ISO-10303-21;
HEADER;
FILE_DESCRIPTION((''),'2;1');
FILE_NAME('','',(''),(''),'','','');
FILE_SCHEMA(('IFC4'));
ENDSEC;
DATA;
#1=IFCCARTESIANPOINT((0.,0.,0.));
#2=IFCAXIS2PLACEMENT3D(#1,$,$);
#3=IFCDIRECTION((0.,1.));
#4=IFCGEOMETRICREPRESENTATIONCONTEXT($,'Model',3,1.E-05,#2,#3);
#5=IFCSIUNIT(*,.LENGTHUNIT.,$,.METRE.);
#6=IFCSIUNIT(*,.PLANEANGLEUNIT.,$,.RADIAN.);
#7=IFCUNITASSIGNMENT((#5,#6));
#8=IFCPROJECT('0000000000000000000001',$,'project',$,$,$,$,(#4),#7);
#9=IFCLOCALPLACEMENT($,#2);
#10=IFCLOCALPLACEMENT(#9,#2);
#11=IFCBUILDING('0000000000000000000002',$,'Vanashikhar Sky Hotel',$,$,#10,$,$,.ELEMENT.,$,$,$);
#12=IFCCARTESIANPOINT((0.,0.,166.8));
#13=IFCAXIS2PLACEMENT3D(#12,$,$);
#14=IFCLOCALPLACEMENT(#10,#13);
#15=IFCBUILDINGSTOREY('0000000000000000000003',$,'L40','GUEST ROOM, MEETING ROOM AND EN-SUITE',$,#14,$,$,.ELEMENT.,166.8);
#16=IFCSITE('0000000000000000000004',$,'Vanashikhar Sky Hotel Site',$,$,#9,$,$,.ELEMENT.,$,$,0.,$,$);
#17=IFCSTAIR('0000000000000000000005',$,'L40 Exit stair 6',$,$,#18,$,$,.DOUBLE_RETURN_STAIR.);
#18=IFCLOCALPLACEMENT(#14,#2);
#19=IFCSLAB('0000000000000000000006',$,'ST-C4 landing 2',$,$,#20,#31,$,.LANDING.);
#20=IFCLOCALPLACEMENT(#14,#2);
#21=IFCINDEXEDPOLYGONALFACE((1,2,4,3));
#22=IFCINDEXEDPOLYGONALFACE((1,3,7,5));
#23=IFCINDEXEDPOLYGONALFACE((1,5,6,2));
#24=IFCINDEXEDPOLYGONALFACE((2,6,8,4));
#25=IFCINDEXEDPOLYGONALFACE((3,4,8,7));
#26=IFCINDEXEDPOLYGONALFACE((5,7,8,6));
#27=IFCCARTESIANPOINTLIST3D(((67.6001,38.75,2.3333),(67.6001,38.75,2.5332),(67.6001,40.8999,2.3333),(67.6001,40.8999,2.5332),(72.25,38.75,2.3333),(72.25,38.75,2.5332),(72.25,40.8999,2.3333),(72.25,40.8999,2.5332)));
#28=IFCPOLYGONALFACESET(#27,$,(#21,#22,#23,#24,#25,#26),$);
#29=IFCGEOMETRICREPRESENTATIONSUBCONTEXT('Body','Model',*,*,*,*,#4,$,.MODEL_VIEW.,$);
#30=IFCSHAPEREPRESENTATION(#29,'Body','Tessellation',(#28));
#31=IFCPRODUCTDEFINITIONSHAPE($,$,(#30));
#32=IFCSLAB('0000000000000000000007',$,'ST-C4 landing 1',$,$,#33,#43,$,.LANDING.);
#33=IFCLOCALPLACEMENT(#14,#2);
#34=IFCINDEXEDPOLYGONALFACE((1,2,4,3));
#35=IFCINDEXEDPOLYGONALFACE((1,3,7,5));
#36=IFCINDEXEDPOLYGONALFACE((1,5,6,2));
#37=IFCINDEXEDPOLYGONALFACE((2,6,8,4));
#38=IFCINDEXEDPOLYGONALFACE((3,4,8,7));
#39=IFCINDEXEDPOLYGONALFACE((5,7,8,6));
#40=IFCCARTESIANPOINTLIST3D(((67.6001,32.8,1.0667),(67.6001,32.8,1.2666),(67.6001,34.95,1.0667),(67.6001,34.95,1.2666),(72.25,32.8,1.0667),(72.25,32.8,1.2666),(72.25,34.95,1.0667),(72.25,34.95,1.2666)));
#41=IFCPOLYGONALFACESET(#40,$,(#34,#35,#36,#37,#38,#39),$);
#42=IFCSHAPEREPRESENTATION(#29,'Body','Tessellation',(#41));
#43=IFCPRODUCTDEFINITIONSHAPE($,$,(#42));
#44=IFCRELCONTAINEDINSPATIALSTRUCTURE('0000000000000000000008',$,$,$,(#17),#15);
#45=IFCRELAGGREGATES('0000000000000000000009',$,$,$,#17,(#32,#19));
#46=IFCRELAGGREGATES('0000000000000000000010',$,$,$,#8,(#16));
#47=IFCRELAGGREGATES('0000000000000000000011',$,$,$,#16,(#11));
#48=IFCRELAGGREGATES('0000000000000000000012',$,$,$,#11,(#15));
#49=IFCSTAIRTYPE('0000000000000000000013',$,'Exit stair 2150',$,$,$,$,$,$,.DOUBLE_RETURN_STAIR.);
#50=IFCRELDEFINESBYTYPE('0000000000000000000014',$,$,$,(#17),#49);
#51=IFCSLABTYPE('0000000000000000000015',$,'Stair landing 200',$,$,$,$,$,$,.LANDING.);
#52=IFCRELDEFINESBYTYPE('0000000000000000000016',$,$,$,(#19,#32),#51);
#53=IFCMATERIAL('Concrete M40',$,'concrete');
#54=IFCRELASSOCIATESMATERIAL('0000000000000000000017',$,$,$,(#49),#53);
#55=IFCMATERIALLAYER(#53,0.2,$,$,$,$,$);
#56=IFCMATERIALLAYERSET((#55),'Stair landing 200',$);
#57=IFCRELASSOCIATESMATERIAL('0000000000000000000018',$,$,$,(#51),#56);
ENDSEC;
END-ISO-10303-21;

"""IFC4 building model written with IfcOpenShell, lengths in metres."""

from ifc_helpers import new_model, si_unit, direction, frame, origin, place, context, subcontext, project, spatial, polyline, outline, extrude, source, transform, mapped, material, layer, layer_set, type_object, element, aggregate, save


model = new_model("IFC4")

# Units and contexts
model_context = context("Model", 3, precision=1e-05, world=origin(), true_north=direction((0.0, 1.0)))
body_context = subcontext(model_context, "Body", "Model", "MODEL_VIEW")
ifc_project = project(units=[si_unit("LENGTHUNIT", "METRE"), si_unit("PLANEANGLEUNIT", "RADIAN")], contexts=[model_context])

# Site, building, storey
site_placement = place(None, origin())
site = spatial("IfcSite", under=ifc_project, at=site_placement, Name="Vanashikhar Sky Hotel Site", CompositionType="ELEMENT", RefElevation=0.0)
building_placement = place(site_placement, origin())
building = spatial("IfcBuilding", under=site, at=building_placement, Name="Vanashikhar Sky Hotel", CompositionType="ELEMENT")
storey_placement = place(building_placement, frame((0.0, 0.0, 166.8)))
storey = spatial("IfcBuildingStorey", under=building, at=storey_placement, Name="L40", Description="GUEST ROOM, MEETING ROOM AND EN-SUITE", CompositionType="ELEMENT", Elevation=166.8)

# Shared definitions
ifc_material = material(Name="Concrete M40", Category="concrete")

# Shared definitions
stair_type = type_object("IfcStairType", Name="Exit stair 2150", PredefinedType="DOUBLE_RETURN_STAIR", material=ifc_material)
ifc_layer_1 = layer(ifc_material, 0.2)
ifc_layer_set_1 = layer_set([ifc_layer_1], Name="Stair landing 200")
slab_type_1 = type_object("IfcSlabType", Name="Stair landing 200", PredefinedType="LANDING", material=ifc_layer_set_1)

# Stair, slabs
stair_1_placement = place(storey_placement, origin())
stair_1 = element("IfcStair", 1, at=stair_1_placement, inside=storey, type_object=stair_type, Name="L40 Exit stair 6", PredefinedType="DOUBLE_RETURN_STAIR")
shared_shape_1 = source(origin(), body_context, "Body", "SweptSolid", [
    extrude(outline(polyline([(72.25, 38.75), (72.25, 40.8999), (67.6001, 40.8999), (67.6001, 38.75), (72.25, 38.75)])), origin(), (0.0, 0.0, 1.0), 0.2),
])
slab_1_placement = place(storey_placement, frame((0.0, 0.0, 2.3333)))
slab_1 = element("IfcSlab", 2, at=slab_1_placement, type_object=slab_type_1, Name="ST-C4 landing 2", PredefinedType="LANDING", context=body_context, shape_type="MappedRepresentation", body=[
    mapped(shared_shape_1, transform((0.0, 0.0, 0.0), scale=1.0)),
])
shared_shape_2 = source(origin(), body_context, "Body", "SweptSolid", [
    extrude(outline(polyline([(72.25, 32.8), (72.25, 34.95), (67.6001, 34.95), (67.6001, 32.8), (72.25, 32.8)])), origin(), (0.0, 0.0, 1.0), 0.2),
])
slab_2_placement = place(storey_placement, frame((0.0, 0.0, 1.0667)))
slab_2 = element("IfcSlab", 3, at=slab_2_placement, type_object=slab_type_1, Name="ST-C4 landing 1", PredefinedType="LANDING", context=body_context, shape_type="MappedRepresentation", body=[
    mapped(shared_shape_2, transform((0.0, 0.0, 0.0), scale=1.0)),
])
aggregate(stair_1, [slab_2, slab_1])

save(model, "model.ifc")
